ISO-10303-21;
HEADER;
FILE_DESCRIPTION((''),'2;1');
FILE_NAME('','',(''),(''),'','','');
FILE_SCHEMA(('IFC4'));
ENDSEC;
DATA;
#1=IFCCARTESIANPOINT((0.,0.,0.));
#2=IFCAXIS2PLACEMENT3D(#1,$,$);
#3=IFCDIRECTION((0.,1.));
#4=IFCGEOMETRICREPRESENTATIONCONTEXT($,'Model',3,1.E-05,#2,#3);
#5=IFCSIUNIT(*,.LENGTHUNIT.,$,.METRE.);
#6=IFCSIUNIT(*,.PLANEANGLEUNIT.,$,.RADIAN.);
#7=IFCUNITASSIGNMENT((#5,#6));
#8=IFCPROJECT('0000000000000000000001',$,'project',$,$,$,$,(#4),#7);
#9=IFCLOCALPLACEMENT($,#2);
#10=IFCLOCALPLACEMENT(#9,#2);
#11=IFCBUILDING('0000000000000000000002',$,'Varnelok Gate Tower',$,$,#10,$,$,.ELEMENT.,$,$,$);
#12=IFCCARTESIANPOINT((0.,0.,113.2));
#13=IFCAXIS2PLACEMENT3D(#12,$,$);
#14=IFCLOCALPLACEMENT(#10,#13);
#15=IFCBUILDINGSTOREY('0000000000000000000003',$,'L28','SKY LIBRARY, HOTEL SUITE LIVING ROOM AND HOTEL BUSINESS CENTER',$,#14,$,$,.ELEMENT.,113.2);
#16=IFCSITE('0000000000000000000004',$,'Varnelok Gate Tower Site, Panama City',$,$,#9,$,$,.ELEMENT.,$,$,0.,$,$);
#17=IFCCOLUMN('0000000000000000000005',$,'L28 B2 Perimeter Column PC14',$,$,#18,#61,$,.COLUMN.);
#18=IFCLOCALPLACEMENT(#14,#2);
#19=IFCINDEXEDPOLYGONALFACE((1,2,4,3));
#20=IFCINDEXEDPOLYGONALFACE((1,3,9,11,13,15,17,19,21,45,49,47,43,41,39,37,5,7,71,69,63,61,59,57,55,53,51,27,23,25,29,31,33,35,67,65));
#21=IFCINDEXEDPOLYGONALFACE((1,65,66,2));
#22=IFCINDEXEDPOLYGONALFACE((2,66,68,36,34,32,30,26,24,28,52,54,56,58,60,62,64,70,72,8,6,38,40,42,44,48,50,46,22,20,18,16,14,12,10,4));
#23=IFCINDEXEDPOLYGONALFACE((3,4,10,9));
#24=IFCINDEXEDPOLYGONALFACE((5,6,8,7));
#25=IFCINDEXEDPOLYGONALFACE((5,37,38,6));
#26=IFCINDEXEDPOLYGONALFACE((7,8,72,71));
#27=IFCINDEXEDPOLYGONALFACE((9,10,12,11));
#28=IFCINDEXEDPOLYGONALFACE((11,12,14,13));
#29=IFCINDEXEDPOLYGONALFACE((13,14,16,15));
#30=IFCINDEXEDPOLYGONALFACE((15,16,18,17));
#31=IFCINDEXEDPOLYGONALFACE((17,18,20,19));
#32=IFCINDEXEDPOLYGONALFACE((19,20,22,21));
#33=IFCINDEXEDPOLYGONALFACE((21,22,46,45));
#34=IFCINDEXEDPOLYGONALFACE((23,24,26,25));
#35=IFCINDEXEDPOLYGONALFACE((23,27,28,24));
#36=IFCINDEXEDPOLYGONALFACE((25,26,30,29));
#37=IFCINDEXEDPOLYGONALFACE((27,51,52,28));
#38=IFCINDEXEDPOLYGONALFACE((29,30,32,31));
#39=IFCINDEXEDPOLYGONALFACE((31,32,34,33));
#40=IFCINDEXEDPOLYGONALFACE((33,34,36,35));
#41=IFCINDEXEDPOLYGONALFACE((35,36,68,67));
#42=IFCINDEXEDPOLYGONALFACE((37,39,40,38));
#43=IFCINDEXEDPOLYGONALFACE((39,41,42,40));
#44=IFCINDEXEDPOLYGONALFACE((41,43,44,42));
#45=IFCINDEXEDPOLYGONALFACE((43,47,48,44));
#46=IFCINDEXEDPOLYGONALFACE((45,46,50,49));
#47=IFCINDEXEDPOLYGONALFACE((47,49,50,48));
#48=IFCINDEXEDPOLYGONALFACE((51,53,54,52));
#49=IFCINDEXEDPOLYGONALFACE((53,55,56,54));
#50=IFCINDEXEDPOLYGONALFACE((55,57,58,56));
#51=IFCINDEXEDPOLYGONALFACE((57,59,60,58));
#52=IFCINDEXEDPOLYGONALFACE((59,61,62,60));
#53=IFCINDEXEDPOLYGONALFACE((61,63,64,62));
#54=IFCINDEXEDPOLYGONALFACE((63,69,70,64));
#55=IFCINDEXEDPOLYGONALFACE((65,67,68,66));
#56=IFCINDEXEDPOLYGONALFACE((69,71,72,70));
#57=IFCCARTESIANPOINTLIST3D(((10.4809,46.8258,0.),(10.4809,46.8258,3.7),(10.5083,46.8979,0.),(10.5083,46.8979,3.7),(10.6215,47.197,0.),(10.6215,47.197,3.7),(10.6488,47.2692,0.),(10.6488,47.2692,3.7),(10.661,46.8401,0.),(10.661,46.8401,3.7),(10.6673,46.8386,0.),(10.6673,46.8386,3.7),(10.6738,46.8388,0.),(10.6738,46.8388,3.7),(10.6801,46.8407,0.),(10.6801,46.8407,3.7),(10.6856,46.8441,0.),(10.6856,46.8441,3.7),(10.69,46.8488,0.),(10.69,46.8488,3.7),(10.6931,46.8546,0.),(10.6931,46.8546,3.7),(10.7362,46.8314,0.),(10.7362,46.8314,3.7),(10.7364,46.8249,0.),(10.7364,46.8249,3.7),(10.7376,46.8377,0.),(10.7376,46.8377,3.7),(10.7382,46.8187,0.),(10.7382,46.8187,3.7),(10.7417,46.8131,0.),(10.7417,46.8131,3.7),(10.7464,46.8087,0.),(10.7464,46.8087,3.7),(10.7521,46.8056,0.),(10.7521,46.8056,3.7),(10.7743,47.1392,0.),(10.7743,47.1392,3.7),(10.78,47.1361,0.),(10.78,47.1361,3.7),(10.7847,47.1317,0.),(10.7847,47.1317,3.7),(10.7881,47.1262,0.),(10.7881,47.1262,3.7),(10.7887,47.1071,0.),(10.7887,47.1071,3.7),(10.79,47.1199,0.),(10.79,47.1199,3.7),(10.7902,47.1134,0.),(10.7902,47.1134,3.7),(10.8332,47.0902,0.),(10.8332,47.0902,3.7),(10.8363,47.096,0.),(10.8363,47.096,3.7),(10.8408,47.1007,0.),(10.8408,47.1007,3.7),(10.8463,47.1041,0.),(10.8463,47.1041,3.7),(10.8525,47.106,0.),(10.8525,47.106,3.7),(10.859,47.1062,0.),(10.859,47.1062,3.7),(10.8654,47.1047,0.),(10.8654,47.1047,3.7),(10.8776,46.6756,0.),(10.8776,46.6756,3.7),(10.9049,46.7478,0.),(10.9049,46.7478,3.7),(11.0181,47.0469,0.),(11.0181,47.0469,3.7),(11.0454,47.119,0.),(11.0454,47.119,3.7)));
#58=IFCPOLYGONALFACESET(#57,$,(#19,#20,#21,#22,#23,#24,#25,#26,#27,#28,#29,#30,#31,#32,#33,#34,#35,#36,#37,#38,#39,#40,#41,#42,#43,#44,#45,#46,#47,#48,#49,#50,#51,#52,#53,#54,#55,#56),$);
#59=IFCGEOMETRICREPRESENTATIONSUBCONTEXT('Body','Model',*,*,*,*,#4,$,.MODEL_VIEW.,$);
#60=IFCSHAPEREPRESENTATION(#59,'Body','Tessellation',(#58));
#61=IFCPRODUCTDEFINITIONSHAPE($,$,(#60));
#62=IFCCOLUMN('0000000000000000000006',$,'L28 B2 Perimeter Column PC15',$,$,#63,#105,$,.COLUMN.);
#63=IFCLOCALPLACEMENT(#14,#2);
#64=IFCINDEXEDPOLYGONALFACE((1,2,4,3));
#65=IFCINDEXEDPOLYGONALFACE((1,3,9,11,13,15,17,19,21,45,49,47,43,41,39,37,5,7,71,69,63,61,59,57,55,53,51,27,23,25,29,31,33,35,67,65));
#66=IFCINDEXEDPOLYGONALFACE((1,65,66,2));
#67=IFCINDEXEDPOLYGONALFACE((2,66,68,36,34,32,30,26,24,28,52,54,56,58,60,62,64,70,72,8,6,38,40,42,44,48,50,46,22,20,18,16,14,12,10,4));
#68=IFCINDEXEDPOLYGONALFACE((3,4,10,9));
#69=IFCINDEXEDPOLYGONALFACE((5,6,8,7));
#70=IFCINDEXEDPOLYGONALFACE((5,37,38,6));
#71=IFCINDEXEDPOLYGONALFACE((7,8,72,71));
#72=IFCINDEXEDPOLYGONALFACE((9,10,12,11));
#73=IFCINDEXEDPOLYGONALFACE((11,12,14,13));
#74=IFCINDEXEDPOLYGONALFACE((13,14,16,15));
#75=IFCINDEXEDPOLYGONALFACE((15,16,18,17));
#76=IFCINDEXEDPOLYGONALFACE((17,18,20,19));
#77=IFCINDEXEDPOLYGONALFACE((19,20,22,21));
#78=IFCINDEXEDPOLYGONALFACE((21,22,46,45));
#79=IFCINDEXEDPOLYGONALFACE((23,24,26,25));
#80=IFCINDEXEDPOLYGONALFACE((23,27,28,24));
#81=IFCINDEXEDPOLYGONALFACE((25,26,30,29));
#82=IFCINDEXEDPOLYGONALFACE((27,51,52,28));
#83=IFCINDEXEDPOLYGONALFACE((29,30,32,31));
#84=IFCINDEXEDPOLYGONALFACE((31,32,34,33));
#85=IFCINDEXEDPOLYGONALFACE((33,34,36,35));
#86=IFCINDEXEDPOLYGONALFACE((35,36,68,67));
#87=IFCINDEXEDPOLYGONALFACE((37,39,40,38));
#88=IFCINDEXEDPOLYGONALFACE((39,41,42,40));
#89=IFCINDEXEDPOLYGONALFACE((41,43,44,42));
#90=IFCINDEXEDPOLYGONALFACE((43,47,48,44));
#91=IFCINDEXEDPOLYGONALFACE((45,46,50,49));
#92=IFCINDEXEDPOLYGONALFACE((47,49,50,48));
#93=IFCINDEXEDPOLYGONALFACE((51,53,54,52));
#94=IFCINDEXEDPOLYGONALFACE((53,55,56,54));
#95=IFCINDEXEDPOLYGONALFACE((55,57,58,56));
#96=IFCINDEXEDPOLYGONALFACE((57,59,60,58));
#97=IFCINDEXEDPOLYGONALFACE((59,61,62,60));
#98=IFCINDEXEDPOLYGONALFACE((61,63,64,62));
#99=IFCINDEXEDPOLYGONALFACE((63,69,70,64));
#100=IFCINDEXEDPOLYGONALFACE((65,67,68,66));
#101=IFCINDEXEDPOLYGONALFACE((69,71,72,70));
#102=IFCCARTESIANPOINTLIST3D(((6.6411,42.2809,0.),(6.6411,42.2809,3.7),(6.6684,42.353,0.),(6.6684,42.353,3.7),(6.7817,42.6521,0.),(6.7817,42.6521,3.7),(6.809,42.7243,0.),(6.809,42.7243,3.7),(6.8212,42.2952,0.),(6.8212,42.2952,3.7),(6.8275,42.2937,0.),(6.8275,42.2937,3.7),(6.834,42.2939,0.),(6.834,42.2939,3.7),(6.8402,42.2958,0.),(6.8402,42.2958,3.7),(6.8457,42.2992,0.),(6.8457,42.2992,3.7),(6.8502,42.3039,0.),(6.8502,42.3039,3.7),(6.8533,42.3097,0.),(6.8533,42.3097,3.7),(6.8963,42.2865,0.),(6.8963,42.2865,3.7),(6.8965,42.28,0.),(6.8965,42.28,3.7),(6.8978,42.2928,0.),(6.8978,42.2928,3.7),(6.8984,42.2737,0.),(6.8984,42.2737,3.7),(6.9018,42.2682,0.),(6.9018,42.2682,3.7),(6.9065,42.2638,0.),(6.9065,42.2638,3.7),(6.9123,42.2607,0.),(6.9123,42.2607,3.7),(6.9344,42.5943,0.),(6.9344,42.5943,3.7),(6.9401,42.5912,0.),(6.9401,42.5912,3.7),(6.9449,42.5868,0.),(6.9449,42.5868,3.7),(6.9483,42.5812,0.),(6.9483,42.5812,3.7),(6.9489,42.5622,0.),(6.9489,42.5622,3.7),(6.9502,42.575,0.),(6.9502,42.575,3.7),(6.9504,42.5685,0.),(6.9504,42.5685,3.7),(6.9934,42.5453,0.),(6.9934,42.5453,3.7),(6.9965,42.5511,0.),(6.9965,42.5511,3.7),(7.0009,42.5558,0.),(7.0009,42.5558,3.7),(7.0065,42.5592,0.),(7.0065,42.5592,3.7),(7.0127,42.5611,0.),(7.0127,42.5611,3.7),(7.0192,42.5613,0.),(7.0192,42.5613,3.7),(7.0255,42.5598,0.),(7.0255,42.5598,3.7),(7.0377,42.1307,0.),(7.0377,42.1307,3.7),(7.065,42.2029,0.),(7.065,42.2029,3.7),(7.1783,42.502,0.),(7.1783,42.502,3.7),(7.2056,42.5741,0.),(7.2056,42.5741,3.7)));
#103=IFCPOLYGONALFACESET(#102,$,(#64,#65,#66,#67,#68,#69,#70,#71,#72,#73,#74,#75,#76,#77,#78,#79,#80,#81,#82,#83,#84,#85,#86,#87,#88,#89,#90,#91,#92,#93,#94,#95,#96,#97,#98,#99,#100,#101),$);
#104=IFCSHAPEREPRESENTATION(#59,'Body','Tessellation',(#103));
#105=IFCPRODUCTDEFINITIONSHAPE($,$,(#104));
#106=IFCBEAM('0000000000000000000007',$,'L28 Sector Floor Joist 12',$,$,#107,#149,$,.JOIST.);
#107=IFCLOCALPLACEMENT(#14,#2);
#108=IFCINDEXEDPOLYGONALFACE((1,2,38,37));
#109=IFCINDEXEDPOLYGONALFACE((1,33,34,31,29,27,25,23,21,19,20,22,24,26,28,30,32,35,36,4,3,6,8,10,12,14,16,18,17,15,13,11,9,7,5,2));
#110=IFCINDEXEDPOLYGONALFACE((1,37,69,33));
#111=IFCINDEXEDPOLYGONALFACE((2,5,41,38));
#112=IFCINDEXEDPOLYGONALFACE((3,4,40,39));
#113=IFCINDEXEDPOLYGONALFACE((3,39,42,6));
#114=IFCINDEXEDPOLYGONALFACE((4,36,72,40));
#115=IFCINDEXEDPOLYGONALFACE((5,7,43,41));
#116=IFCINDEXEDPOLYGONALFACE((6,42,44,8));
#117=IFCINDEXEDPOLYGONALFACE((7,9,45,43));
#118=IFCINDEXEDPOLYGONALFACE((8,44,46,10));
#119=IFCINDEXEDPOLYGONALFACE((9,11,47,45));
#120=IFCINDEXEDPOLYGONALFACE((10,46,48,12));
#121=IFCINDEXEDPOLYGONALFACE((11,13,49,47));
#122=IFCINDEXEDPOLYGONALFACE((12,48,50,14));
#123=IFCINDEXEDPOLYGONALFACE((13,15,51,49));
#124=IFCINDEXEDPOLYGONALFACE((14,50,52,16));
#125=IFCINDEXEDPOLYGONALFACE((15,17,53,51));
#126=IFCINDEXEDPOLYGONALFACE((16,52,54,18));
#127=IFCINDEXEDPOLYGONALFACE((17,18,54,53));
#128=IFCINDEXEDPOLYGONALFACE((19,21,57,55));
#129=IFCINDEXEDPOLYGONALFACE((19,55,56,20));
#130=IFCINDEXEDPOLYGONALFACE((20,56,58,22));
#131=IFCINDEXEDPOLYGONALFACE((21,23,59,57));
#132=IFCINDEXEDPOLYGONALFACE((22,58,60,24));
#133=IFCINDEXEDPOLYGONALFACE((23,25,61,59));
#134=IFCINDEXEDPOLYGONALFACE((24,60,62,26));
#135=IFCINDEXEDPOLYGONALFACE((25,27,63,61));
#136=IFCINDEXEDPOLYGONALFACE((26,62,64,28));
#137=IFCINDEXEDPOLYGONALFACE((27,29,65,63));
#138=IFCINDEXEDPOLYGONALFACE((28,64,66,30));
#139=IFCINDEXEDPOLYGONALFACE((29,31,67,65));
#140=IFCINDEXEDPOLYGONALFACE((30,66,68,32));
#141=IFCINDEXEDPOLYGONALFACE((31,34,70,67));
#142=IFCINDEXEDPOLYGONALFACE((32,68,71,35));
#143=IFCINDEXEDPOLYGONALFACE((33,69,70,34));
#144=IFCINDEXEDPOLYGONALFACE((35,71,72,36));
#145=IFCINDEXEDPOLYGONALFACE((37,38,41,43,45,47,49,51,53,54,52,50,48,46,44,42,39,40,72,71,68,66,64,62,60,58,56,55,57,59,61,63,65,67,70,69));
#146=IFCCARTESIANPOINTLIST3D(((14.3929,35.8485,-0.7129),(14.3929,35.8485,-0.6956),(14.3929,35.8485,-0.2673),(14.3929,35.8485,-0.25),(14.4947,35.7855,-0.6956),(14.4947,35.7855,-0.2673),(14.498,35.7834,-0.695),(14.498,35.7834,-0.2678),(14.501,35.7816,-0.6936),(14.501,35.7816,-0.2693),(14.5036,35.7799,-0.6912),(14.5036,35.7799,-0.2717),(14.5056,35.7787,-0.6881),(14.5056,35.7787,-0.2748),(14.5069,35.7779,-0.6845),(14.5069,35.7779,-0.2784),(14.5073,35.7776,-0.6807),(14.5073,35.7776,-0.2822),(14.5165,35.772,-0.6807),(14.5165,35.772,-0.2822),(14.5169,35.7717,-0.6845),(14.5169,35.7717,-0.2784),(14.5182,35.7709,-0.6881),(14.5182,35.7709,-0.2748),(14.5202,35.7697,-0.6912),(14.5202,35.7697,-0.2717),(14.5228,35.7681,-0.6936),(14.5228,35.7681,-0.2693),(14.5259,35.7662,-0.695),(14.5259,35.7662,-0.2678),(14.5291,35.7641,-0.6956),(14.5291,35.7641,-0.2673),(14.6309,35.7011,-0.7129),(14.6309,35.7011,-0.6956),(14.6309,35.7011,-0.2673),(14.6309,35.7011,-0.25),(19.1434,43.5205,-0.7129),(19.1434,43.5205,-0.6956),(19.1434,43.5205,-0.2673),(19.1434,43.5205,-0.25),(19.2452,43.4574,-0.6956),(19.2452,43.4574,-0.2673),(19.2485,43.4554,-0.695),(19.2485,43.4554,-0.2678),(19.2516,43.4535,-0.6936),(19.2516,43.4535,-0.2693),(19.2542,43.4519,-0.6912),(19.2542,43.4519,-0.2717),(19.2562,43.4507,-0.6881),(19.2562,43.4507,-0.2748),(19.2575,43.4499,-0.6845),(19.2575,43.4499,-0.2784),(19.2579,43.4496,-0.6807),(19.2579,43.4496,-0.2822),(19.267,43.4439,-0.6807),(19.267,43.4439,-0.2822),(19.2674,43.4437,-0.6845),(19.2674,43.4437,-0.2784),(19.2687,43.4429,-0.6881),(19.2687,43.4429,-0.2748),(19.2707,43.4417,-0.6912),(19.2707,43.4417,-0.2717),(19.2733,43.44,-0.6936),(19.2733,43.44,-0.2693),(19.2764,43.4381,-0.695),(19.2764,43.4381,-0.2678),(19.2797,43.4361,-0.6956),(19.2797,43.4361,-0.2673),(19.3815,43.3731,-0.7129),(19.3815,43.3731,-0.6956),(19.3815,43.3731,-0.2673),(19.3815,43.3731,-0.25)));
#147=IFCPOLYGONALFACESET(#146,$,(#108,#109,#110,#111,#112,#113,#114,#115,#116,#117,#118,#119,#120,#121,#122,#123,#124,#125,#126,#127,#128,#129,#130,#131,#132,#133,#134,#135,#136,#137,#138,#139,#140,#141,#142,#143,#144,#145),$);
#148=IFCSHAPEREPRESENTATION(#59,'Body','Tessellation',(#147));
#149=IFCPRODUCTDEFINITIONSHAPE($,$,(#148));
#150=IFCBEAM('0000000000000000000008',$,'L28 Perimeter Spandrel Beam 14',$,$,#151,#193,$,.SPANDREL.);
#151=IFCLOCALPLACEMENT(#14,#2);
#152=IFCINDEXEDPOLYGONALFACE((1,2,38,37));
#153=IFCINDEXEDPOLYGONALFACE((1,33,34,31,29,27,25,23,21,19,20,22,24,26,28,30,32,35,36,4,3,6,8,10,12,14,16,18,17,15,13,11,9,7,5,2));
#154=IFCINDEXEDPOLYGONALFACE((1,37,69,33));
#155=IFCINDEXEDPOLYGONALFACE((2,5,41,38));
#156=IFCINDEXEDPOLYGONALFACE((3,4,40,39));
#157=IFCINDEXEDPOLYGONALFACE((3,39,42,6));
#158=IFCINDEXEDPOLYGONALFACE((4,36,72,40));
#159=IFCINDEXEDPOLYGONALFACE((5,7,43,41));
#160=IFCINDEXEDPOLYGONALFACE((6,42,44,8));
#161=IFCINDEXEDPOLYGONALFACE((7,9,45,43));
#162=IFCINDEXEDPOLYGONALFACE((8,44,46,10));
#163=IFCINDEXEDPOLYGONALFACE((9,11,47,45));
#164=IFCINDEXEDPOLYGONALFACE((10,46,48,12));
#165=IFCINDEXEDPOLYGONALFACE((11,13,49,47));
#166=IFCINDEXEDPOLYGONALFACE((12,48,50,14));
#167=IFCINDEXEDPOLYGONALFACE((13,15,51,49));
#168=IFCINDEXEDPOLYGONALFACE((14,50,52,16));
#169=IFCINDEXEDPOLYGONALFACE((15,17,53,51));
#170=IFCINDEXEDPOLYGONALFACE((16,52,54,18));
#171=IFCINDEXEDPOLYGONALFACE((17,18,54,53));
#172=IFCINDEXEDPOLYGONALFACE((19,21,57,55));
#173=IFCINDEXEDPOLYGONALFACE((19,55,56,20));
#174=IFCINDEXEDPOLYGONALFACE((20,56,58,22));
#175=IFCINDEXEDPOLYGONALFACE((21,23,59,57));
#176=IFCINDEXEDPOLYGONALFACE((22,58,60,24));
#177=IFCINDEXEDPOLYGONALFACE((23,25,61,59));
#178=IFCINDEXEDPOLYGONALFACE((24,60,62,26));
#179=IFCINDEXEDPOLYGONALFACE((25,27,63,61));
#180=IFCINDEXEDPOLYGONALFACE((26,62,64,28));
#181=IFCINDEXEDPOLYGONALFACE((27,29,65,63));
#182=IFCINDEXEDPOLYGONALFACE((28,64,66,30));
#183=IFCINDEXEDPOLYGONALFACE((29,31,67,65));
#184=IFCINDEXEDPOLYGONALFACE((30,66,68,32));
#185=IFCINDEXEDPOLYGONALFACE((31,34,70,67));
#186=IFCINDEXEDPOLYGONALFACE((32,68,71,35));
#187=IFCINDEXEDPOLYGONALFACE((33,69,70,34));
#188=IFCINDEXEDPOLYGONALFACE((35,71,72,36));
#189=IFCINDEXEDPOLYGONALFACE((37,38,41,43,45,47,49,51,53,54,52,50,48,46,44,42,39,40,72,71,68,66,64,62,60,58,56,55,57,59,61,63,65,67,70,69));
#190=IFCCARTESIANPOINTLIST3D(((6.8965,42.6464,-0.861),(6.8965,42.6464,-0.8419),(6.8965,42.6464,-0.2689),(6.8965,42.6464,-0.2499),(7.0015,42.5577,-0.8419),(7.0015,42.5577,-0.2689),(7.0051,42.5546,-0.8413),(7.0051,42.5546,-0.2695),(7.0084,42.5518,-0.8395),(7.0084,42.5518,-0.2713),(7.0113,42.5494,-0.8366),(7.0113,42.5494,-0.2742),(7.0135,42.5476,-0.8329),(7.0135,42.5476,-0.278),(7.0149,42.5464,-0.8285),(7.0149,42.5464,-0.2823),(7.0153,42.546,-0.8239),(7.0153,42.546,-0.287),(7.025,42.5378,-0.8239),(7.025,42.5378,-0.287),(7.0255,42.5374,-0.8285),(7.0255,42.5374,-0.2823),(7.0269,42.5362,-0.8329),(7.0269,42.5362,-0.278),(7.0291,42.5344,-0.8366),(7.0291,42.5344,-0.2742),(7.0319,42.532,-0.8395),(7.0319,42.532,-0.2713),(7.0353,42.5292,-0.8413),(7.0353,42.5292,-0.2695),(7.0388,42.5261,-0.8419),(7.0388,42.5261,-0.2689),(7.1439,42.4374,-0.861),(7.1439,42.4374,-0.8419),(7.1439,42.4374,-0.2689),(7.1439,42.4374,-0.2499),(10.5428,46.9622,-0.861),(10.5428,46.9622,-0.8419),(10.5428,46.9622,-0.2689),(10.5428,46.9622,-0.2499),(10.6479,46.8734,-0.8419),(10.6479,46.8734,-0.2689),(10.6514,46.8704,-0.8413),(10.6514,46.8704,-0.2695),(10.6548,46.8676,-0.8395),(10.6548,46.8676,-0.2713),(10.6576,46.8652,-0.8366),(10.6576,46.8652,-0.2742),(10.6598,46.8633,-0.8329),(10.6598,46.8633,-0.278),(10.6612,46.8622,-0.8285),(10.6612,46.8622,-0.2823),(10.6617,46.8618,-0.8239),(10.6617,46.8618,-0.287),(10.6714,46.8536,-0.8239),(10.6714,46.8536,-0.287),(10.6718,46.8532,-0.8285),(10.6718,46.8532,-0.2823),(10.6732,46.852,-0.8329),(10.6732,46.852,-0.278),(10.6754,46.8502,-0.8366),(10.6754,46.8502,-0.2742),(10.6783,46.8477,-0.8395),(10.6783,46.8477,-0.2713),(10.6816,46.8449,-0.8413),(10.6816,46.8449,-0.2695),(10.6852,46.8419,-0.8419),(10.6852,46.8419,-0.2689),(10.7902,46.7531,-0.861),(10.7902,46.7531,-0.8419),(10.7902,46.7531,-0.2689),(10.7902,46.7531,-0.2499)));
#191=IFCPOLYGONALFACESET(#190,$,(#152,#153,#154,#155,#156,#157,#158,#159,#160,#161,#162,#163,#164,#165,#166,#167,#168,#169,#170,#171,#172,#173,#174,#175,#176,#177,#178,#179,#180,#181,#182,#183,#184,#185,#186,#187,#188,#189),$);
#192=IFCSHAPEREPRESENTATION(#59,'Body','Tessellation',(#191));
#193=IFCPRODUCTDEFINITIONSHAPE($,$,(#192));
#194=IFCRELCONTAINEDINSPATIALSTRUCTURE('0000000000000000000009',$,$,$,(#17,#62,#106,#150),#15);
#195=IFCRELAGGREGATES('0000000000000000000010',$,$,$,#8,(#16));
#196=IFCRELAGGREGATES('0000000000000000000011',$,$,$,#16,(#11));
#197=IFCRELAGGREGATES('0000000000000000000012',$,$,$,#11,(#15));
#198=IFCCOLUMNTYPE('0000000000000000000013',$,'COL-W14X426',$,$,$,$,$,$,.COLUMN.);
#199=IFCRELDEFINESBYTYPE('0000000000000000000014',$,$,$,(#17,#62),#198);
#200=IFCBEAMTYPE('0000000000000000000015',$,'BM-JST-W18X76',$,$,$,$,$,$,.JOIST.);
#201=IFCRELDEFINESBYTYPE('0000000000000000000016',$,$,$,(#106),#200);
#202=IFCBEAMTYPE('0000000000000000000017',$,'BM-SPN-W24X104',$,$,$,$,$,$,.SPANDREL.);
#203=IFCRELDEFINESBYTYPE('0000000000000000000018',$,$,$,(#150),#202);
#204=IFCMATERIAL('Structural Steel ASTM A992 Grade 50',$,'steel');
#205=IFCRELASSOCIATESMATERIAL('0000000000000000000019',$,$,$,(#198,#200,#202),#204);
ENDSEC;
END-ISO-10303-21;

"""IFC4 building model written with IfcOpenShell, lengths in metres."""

from ifc_helpers import new_model, si_unit, direction, frame, origin, origin_2d, place, context, subcontext, project, spatial, i_section, extrude, material, material_profile, profile_set, type_object, element, save


model = new_model("IFC4")

# Units and contexts
model_context = context("Model", 3, precision=1e-05, world=origin(), true_north=direction((0.0, 1.0)))
body_context = subcontext(model_context, "Body", "Model", "MODEL_VIEW")
ifc_project = project(units=[si_unit("LENGTHUNIT", "METRE"), si_unit("PLANEANGLEUNIT", "RADIAN")], contexts=[model_context])

# Site, building, storey
site_placement = place(None, origin())
site = spatial("IfcSite", under=ifc_project, at=site_placement, Name="Varnelok Gate Tower Site, Panama City", CompositionType="ELEMENT", RefElevation=0.0)
building_placement = place(site_placement, origin())
building = spatial("IfcBuilding", under=site, at=building_placement, Name="Varnelok Gate Tower", CompositionType="ELEMENT")
storey_placement = place(building_placement, frame((0.0, 0.0, 113.2)))
storey = spatial("IfcBuildingStorey", under=building, at=storey_placement, Name="L28", Description="SKY LIBRARY, HOTEL SUITE LIVING ROOM AND HOTEL BUSINESS CENTER", CompositionType="ELEMENT", Elevation=113.2)

# Columns
ifc_material_1 = material(Name="Structural Steel ASTM A992 Grade 50", Category="steel")
ifc_material_profile_1 = material_profile(ifc_material_1, i_section(OverallWidth=0.4241, OverallDepth=0.4741, WebThickness=0.0476, FlangeThickness=0.0771, FilletRadius=0.0249, at=origin_2d()), Name="W14X426")
ifc_profile_set_1 = profile_set([ifc_material_profile_1], Name="Structural Steel ASTM A992 Grade 50")
column_type = type_object("IfcColumnType", Name="COL-W14X426", PredefinedType="COLUMN", material=ifc_profile_set_1)
for number, where, z_axis, x_axis, name in (
    (1, (10.7632, 46.9724, 0.0), (0.0, 0.0, 1.0), (0.935222, -0.354063, 0.0), "L28 B2 Perimeter Column PC14"),
    (2, (6.9233, 42.4275, 0.0), (0.0, 0.0, 1.0), (0.935222, -0.354063, 0.0), "L28 B2 Perimeter Column PC15"),
):
    element("IfcColumn", number, at=place(storey_placement, frame(where, z_axis=z_axis, x_axis=x_axis)), inside=storey, type_object=column_type, Name=name, PredefinedType="COLUMN", context=body_context, shape_type="SweptSolid", body=[
        extrude(i_section(OverallWidth=0.4241, OverallDepth=0.4741, WebThickness=0.0476, FlangeThickness=0.0771, FilletRadius=0.0249, at=origin_2d()), origin(), (0.0, 0.0, 1.0), 3.7),
    ])

# Beams
ifc_material_profile_2 = material_profile(ifc_material_1, i_section(OverallWidth=0.28, OverallDepth=0.4629, WebThickness=0.0107, FlangeThickness=0.0173, FilletRadius=0.0149, at=origin_2d()), Name="W18X76")
ifc_profile_set_2 = profile_set([ifc_material_profile_2], Name="Structural Steel ASTM A992 Grade 50")
beam_type_1 = type_object("IfcBeamType", Name="BM-JST-W18X76", PredefinedType="JOIST", material=ifc_profile_set_2)
beam_1_placement = place(storey_placement, frame((19.2625, 43.4468, -0.4814), z_axis=(-0.526453, -0.850204, 0.0), x_axis=(0.850204, -0.526453, 0.0)))
element("IfcBeam", 3, at=beam_1_placement, inside=storey, type_object=beam_type_1, Name="L28 Sector Floor Joist 12", PredefinedType="JOIST", context=body_context, shape_type="SweptSolid", body=[
    extrude(i_section(OverallWidth=0.28, OverallDepth=0.4629, WebThickness=0.0107, FlangeThickness=0.0173, FilletRadius=0.0149, at=origin_2d()), origin(), (0.0, 0.0, 1.0), 9.0237),
])
ifc_material_profile_3 = material_profile(ifc_material_1, i_section(OverallWidth=0.324, OverallDepth=0.6111, WebThickness=0.0127, FlangeThickness=0.019, FilletRadius=0.0181, at=origin_2d()), Name="W24X104")
ifc_profile_set_3 = profile_set([ifc_material_profile_3], Name="Structural Steel ASTM A992 Grade 50")
beam_type_2 = type_object("IfcBeamType", Name="BM-SPN-W24X104", PredefinedType="SPANDREL", material=ifc_profile_set_3)
beam_2_placement = place(storey_placement, frame((10.6665, 46.8577, -0.5554), z_axis=(-0.645376, -0.763865, 0.0), x_axis=(0.763865, -0.645376, 0.0)))
element("IfcBeam", 4, at=beam_2_placement, inside=storey, type_object=beam_type_2, Name="L28 Perimeter Spandrel Beam 14", PredefinedType="SPANDREL", context=body_context, shape_type="SweptSolid", body=[
    extrude(i_section(OverallWidth=0.324, OverallDepth=0.6111, WebThickness=0.0127, FlangeThickness=0.019, FilletRadius=0.0181, at=origin_2d()), origin(), (0.0, 0.0, 1.0), 5.6499),
])

save(model, "model.ifc")
